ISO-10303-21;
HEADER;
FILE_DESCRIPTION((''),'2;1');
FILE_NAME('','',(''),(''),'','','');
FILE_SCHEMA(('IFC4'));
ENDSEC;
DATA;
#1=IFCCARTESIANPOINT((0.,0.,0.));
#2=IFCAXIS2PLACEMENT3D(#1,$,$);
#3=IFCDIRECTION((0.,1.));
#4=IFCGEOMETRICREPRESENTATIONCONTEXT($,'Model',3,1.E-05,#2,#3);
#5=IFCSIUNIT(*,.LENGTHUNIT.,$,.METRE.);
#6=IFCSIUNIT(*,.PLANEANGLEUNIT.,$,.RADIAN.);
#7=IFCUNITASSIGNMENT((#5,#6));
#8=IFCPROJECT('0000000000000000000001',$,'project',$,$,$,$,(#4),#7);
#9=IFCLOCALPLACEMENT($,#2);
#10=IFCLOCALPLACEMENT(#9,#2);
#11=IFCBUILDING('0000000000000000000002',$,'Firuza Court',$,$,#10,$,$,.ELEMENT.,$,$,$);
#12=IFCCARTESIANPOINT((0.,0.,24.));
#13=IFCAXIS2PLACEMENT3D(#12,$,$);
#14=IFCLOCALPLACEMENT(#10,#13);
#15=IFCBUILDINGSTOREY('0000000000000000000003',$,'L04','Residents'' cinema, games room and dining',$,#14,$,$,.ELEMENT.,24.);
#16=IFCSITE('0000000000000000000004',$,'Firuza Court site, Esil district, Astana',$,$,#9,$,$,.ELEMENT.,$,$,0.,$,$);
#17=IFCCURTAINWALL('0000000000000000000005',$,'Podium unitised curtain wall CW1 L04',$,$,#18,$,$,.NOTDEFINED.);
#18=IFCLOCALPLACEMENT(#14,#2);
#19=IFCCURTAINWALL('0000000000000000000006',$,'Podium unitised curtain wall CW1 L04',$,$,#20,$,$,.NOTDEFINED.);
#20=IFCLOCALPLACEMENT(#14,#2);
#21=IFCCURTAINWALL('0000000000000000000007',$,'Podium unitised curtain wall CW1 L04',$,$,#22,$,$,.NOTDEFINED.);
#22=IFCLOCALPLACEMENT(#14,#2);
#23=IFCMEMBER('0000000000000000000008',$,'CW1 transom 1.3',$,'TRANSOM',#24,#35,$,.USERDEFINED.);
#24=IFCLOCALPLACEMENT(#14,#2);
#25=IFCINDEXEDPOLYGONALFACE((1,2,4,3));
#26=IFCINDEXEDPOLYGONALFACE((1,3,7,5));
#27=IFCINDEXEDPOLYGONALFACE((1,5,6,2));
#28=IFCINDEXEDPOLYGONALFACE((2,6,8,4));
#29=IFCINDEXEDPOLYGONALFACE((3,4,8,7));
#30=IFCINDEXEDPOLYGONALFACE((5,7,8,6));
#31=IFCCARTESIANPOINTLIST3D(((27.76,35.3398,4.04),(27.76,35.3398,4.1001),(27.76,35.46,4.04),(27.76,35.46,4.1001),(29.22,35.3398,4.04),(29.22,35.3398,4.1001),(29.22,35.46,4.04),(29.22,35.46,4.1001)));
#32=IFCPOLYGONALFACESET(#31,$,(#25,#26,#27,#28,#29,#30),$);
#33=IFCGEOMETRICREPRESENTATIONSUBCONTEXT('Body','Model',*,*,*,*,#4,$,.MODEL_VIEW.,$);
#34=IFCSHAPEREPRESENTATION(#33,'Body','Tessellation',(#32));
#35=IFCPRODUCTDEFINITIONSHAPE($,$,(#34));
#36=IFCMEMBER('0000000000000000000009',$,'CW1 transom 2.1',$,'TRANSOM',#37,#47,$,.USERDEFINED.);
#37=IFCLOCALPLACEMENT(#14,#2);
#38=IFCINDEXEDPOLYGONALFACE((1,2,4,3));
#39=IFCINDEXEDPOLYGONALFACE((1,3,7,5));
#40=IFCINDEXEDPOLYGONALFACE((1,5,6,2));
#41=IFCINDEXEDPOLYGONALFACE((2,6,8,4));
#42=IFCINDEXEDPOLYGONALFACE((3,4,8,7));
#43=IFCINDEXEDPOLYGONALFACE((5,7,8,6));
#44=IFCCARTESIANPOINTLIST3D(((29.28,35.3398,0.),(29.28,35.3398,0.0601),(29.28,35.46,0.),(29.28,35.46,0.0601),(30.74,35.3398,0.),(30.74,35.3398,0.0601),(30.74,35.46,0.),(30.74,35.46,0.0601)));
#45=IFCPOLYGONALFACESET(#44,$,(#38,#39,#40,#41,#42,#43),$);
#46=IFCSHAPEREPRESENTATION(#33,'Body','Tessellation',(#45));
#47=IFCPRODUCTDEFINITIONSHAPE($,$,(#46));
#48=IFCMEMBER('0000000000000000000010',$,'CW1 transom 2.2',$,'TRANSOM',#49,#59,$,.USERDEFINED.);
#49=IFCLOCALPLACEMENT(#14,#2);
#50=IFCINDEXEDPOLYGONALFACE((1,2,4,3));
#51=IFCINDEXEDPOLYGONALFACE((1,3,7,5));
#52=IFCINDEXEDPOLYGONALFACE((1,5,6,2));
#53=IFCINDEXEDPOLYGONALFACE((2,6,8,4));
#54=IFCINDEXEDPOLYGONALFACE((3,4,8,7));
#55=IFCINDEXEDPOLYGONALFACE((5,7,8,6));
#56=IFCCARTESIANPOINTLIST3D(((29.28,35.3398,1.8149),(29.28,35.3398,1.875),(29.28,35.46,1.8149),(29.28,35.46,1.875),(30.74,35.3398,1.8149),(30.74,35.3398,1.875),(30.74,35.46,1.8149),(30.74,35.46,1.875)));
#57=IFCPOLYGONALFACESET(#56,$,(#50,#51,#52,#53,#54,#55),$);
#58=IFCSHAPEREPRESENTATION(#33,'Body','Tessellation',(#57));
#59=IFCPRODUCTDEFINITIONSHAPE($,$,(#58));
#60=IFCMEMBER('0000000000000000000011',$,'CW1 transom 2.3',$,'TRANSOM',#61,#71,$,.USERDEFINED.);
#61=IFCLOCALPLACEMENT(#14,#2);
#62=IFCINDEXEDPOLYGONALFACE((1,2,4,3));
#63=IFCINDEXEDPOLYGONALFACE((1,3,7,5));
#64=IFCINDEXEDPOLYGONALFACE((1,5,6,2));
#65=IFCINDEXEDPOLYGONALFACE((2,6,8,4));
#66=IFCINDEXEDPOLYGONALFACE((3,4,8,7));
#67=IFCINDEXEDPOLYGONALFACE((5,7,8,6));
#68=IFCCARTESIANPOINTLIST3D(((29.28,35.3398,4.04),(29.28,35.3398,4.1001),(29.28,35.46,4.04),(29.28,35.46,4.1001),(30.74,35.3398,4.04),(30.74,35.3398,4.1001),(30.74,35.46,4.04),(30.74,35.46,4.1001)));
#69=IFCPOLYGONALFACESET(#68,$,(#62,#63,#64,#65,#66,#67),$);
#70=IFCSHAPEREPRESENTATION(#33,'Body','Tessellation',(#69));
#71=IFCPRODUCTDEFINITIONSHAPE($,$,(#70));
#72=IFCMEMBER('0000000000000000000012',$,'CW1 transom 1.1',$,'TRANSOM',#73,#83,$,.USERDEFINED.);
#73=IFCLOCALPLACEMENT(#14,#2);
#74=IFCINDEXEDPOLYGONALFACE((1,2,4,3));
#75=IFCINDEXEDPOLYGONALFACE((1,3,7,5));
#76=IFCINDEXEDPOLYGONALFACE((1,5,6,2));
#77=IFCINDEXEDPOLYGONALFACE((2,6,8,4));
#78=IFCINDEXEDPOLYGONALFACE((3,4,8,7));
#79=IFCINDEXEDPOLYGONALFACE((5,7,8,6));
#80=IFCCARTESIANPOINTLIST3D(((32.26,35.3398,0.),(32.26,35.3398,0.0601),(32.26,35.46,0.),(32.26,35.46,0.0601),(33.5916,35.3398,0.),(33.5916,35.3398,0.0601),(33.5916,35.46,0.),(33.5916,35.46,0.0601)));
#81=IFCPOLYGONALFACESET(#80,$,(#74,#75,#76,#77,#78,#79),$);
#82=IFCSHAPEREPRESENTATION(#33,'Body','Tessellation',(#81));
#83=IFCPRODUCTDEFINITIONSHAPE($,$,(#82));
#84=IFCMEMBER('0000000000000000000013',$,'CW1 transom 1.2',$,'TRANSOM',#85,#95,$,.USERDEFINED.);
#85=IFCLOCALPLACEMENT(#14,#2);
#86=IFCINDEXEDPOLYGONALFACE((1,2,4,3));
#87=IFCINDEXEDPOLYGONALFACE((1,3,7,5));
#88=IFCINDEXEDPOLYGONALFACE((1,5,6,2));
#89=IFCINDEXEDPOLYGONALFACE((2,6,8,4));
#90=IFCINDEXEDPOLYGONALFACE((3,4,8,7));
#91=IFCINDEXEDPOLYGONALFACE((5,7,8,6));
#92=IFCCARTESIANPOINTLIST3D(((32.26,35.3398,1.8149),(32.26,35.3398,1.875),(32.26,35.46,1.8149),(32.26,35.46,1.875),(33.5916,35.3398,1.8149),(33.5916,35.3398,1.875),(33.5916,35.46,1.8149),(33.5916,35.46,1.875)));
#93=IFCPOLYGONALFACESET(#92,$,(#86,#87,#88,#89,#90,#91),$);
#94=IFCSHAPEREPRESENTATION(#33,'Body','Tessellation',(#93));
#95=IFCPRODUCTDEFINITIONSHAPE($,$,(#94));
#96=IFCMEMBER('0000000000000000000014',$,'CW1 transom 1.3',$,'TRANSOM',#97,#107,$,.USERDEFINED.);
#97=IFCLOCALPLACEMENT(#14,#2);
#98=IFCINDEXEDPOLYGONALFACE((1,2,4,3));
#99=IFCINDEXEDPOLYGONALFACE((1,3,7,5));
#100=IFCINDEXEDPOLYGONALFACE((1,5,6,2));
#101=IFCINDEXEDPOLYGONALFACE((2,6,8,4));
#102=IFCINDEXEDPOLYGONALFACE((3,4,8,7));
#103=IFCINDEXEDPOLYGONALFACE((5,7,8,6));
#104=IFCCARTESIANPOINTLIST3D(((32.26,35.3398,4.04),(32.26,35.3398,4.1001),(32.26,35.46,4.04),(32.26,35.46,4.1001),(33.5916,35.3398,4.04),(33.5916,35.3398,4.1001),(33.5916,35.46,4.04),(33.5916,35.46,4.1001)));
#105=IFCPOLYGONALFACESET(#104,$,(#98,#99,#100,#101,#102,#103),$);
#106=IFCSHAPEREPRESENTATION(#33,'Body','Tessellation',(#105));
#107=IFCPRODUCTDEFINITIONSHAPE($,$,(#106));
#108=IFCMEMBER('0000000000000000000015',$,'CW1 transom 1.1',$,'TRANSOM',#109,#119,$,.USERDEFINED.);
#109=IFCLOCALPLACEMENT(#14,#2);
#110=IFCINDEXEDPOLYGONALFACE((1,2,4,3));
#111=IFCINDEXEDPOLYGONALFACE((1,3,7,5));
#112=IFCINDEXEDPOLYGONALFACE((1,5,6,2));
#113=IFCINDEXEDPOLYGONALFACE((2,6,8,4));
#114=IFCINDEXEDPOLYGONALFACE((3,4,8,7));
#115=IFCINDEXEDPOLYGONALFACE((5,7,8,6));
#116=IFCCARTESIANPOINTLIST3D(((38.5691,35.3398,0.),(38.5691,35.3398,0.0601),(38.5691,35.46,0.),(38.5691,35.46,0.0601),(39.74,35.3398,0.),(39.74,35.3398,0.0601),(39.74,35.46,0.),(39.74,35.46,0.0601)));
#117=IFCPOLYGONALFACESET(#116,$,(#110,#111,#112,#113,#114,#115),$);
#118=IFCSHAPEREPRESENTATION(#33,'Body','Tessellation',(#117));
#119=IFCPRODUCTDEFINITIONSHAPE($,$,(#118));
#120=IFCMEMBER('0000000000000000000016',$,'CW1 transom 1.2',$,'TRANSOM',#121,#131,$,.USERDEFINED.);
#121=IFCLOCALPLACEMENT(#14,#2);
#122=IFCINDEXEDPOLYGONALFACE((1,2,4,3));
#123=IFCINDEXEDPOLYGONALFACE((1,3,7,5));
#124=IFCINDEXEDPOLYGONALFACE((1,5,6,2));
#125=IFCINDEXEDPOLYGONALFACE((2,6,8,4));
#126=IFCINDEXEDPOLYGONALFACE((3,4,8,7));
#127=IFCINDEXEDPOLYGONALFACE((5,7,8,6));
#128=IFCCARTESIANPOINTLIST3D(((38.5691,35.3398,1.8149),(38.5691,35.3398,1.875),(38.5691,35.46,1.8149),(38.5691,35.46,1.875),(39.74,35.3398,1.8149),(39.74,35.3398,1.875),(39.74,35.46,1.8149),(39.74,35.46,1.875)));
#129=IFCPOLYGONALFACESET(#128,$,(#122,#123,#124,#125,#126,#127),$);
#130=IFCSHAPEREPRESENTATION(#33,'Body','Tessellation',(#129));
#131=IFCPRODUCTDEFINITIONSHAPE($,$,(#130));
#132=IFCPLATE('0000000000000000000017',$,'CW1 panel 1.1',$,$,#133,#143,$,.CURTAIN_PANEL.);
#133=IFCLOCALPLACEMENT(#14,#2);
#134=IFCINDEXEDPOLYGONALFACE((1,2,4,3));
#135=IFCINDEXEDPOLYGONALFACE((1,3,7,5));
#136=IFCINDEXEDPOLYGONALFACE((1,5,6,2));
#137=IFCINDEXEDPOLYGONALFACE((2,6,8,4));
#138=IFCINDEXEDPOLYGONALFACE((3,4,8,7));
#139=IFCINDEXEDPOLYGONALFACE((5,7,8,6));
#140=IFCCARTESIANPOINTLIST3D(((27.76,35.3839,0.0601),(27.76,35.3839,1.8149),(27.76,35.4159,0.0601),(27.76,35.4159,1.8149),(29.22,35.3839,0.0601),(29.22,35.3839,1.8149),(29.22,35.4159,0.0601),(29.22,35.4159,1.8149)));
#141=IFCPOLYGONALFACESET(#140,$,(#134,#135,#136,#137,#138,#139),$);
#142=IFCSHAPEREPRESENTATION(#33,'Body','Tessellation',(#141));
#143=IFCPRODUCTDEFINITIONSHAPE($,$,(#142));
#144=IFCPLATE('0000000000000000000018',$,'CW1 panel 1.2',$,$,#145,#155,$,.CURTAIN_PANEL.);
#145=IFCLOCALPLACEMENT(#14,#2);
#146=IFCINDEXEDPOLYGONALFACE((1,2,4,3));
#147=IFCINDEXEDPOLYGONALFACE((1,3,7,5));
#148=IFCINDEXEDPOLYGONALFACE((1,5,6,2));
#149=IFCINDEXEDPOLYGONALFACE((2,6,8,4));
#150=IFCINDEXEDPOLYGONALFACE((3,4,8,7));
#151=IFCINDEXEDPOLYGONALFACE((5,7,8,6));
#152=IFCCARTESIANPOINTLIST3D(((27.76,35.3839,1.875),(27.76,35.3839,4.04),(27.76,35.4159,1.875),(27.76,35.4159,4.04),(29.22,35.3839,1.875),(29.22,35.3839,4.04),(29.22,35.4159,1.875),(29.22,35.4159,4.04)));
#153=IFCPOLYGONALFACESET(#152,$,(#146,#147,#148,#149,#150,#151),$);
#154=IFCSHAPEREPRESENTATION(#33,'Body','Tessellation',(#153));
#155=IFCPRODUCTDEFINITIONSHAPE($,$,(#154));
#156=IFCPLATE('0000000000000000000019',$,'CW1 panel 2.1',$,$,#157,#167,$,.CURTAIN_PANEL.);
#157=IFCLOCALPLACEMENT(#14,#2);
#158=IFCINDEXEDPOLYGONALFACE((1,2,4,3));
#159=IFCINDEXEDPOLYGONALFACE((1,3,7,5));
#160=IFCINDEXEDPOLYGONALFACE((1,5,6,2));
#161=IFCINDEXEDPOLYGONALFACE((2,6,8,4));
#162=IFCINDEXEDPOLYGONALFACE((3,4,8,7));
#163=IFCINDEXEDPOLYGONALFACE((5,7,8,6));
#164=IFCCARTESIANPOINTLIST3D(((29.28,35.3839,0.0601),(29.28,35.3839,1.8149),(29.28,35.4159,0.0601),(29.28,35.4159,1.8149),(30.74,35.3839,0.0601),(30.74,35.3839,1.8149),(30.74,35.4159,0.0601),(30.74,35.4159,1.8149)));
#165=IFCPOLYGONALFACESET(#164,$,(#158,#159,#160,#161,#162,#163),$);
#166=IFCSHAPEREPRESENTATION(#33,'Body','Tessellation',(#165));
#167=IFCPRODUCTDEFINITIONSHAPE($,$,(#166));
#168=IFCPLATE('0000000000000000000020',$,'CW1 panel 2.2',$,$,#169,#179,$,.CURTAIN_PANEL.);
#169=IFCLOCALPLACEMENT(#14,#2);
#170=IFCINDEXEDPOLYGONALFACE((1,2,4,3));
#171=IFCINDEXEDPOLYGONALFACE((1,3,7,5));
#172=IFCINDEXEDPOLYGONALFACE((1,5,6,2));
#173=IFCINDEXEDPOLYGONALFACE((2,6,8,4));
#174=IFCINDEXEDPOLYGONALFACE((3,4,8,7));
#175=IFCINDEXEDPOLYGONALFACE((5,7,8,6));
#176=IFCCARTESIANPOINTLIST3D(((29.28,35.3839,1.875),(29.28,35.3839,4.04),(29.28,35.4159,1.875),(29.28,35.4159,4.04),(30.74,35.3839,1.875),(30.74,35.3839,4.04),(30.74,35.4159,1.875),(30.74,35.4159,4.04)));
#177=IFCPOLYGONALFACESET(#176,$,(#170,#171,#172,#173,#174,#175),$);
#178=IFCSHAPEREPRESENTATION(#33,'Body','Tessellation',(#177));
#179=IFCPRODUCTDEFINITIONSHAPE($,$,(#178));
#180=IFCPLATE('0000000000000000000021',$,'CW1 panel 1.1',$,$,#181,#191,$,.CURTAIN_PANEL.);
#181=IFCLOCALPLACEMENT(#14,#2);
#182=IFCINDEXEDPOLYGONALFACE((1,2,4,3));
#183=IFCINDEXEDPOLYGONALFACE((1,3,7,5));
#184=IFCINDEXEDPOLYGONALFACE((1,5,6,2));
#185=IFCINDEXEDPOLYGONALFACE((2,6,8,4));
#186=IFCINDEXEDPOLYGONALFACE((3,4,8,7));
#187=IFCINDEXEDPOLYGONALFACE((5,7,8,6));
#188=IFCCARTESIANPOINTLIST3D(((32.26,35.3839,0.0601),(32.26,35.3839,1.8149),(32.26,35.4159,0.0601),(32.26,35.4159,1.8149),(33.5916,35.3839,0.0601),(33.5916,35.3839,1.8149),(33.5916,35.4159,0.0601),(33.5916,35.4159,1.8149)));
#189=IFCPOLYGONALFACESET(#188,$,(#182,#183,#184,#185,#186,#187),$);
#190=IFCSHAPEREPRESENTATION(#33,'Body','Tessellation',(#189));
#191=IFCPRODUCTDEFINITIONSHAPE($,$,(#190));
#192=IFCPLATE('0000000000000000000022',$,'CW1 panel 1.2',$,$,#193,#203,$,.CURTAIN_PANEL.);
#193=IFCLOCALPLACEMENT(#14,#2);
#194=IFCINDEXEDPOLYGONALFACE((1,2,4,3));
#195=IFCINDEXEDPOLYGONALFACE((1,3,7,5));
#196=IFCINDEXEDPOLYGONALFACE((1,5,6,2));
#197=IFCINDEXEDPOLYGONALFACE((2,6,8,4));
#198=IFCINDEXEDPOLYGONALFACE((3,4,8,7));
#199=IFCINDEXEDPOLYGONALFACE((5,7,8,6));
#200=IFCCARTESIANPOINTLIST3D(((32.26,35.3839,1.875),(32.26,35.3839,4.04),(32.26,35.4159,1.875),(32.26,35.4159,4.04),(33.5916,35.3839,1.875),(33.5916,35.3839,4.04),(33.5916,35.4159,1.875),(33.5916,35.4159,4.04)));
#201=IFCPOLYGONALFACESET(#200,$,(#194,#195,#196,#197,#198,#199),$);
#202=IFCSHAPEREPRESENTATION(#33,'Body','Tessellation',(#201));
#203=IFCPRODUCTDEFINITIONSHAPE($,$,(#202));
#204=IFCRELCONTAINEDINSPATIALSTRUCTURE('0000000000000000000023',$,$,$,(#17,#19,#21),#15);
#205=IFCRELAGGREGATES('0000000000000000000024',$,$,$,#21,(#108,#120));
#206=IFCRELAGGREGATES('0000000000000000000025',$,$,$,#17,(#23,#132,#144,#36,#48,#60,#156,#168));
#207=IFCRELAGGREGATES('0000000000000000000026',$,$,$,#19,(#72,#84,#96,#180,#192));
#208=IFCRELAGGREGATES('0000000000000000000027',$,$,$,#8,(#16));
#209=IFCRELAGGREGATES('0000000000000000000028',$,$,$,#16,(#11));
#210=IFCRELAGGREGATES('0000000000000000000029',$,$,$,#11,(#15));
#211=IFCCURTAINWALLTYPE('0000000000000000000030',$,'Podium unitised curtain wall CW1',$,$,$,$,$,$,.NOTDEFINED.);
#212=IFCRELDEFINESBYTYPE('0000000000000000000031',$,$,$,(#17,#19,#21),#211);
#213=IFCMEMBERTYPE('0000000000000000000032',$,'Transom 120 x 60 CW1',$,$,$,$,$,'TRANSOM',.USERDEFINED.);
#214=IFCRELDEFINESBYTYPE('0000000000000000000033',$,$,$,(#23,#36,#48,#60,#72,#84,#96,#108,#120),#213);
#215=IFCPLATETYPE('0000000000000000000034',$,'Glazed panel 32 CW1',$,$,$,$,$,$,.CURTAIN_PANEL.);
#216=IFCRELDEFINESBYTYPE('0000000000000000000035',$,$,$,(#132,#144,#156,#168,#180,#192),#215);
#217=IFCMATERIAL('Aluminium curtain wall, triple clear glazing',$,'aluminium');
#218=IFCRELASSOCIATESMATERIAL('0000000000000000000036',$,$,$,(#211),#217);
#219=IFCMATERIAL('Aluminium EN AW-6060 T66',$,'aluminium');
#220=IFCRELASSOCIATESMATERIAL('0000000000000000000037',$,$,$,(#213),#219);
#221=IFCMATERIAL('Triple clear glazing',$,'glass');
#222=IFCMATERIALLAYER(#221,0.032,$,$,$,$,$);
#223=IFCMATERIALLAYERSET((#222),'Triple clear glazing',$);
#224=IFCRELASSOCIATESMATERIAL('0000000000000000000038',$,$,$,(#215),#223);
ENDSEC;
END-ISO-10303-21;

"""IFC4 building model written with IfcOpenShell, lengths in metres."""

from ifc_helpers import new_model, si_unit, direction, frame, origin, origin_2d, place, context, subcontext, project, spatial, rectangle, extrude, material, layer, layer_set, material_profile, profile_set, type_object, element, aggregate, save


model = new_model("IFC4")

# Units and contexts
model_context = context("Model", 3, precision=1e-05, world=origin(), true_north=direction((0.0, 1.0)))
body_context = subcontext(model_context, "Body", "Model", "MODEL_VIEW")
ifc_project = project(units=[si_unit("LENGTHUNIT", "METRE"), si_unit("PLANEANGLEUNIT", "RADIAN")], contexts=[model_context])

# Site, building, storey
site_placement = place(None, origin())
site = spatial("IfcSite", under=ifc_project, at=site_placement, Name="Firuza Court site, Esil district, Astana", CompositionType="ELEMENT", RefElevation=0.0)
building_placement = place(site_placement, origin())
building = spatial("IfcBuilding", under=site, at=building_placement, Name="Firuza Court", CompositionType="ELEMENT")
storey_placement = place(building_placement, frame((0.0, 0.0, 24.0)))
storey = spatial("IfcBuildingStorey", under=building, at=storey_placement, Name="L04", Description="Residents' cinema, games room and dining", CompositionType="ELEMENT", Elevation=24.0)

# Shared definitions
ifc_material_1 = material(Name="Aluminium curtain wall, triple clear glazing", Category="aluminium")
curtain_wall_type = type_object("IfcCurtainWallType", Name="Podium unitised curtain wall CW1", PredefinedType="NOTDEFINED", material=ifc_material_1)

# Curtain walls
curtain_wall_1_placement = place(storey_placement, origin())
curtain_wall_1 = element("IfcCurtainWall", 1, at=curtain_wall_1_placement, inside=storey, type_object=curtain_wall_type, Name="Podium unitised curtain wall CW1 L04", PredefinedType="NOTDEFINED")
curtain_wall_2_placement = place(storey_placement, origin())
curtain_wall_2 = element("IfcCurtainWall", 2, at=curtain_wall_2_placement, inside=storey, type_object=curtain_wall_type, Name="Podium unitised curtain wall CW1 L04", PredefinedType="NOTDEFINED")

# Curtain wall
curtain_wall_3_placement = place(storey_placement, origin())
curtain_wall_3 = element("IfcCurtainWall", 3, at=curtain_wall_3_placement, inside=storey, type_object=curtain_wall_type, Name="Podium unitised curtain wall CW1 L04", PredefinedType="NOTDEFINED")

# Members
ifc_material_2 = material(Name="Aluminium EN AW-6060 T66", Category="aluminium")
ifc_material_profile_1 = material_profile(ifc_material_2, rectangle(XDim=0.1201, YDim=0.0601, at=origin_2d()), Name="Transom 120 x 60 CW1")
ifc_profile_set_1 = profile_set([ifc_material_profile_1], Name="Aluminium EN AW-6060 T66")
member_type_1 = type_object("IfcMemberType", Name="Transom 120 x 60 CW1", ElementType="TRANSOM", PredefinedType="USERDEFINED", material=ifc_profile_set_1)
member_1_placement = place(storey_placement, frame((27.76, 35.3999, 4.0701), z_axis=(1.0, 0.0, 0.0), x_axis=(0.0, 1.0, 0.0)))
member_1 = element("IfcMember", 4, at=member_1_placement, type_object=member_type_1, Name="CW1 transom 1.3", ObjectType="TRANSOM", PredefinedType="USERDEFINED", context=body_context, shape_type="SweptSolid", body=[
    extrude(rectangle(XDim=0.1201, YDim=0.0601, at=origin_2d()), origin(), (0.0, 0.0, 1.0), 1.46),
])
member_2_placement = place(storey_placement, frame((29.28, 35.3999, 0.03), z_axis=(1.0, 0.0, 0.0), x_axis=(0.0, 1.0, 0.0)))
member_2 = element("IfcMember", 5, at=member_2_placement, type_object=member_type_1, Name="CW1 transom 2.1", ObjectType="TRANSOM", PredefinedType="USERDEFINED", context=body_context, shape_type="SweptSolid", body=[
    extrude(rectangle(XDim=0.1201, YDim=0.0601, at=origin_2d()), origin(), (0.0, 0.0, 1.0), 1.46),
])
member_3_placement = place(storey_placement, frame((29.28, 35.3999, 1.845), z_axis=(1.0, 0.0, 0.0), x_axis=(0.0, 1.0, 0.0)))
member_3 = element("IfcMember", 6, at=member_3_placement, type_object=member_type_1, Name="CW1 transom 2.2", ObjectType="TRANSOM", PredefinedType="USERDEFINED", context=body_context, shape_type="SweptSolid", body=[
    extrude(rectangle(XDim=0.1201, YDim=0.0601, at=origin_2d()), origin(), (0.0, 0.0, 1.0), 1.46),
])
member_4_placement = place(storey_placement, frame((29.28, 35.3999, 4.0701), z_axis=(1.0, 0.0, 0.0), x_axis=(0.0, 1.0, 0.0)))
member_4 = element("IfcMember", 7, at=member_4_placement, type_object=member_type_1, Name="CW1 transom 2.3", ObjectType="TRANSOM", PredefinedType="USERDEFINED", context=body_context, shape_type="SweptSolid", body=[
    extrude(rectangle(XDim=0.1201, YDim=0.0601, at=origin_2d()), origin(), (0.0, 0.0, 1.0), 1.46),
])
member_5_placement = place(storey_placement, frame((32.26, 35.3999, 0.03), z_axis=(1.0, 0.0, 0.0), x_axis=(0.0, 1.0, 0.0)))
member_5 = element("IfcMember", 8, at=member_5_placement, type_object=member_type_1, Name="CW1 transom 1.1", ObjectType="TRANSOM", PredefinedType="USERDEFINED", context=body_context, shape_type="SweptSolid", body=[
    extrude(rectangle(XDim=0.1201, YDim=0.0601, at=origin_2d()), origin(), (0.0, 0.0, 1.0), 1.3315),
])
member_6_placement = place(storey_placement, frame((32.26, 35.3999, 1.845), z_axis=(1.0, 0.0, 0.0), x_axis=(0.0, 1.0, 0.0)))
member_6 = element("IfcMember", 9, at=member_6_placement, type_object=member_type_1, Name="CW1 transom 1.2", ObjectType="TRANSOM", PredefinedType="USERDEFINED", context=body_context, shape_type="SweptSolid", body=[
    extrude(rectangle(XDim=0.1201, YDim=0.0601, at=origin_2d()), origin(), (0.0, 0.0, 1.0), 1.3315),
])
member_7_placement = place(storey_placement, frame((32.26, 35.3999, 4.0701), z_axis=(1.0, 0.0, 0.0), x_axis=(0.0, 1.0, 0.0)))
member_7 = element("IfcMember", 10, at=member_7_placement, type_object=member_type_1, Name="CW1 transom 1.3", ObjectType="TRANSOM", PredefinedType="USERDEFINED", context=body_context, shape_type="SweptSolid", body=[
    extrude(rectangle(XDim=0.1201, YDim=0.0601, at=origin_2d()), origin(), (0.0, 0.0, 1.0), 1.3315),
])
member_8_placement = place(storey_placement, frame((38.5691, 35.3999, 0.03), z_axis=(1.0, 0.0, 0.0), x_axis=(0.0, 1.0, 0.0)))
member_8 = element("IfcMember", 11, at=member_8_placement, type_object=member_type_1, Name="CW1 transom 1.1", ObjectType="TRANSOM", PredefinedType="USERDEFINED", context=body_context, shape_type="SweptSolid", body=[
    extrude(rectangle(XDim=0.1201, YDim=0.0601, at=origin_2d()), origin(), (0.0, 0.0, 1.0), 1.1709),
])
member_9_placement = place(storey_placement, frame((38.5691, 35.3999, 1.845), z_axis=(1.0, 0.0, 0.0), x_axis=(0.0, 1.0, 0.0)))
member_9 = element("IfcMember", 12, at=member_9_placement, type_object=member_type_1, Name="CW1 transom 1.2", ObjectType="TRANSOM", PredefinedType="USERDEFINED", context=body_context, shape_type="SweptSolid", body=[
    extrude(rectangle(XDim=0.1201, YDim=0.0601, at=origin_2d()), origin(), (0.0, 0.0, 1.0), 1.1709),
])
aggregate(curtain_wall_3, [member_8, member_9])

# Plates
ifc_material_3 = material(Name="Triple clear glazing", Category="glass")
ifc_layer_1 = layer(ifc_material_3, 0.032)
ifc_layer_set_1 = layer_set([ifc_layer_1], Name="Triple clear glazing")
plate_type = type_object("IfcPlateType", Name="Glazed panel 32 CW1", PredefinedType="CURTAIN_PANEL", material=ifc_layer_set_1)
plate_1_placement = place(storey_placement, frame((28.49, 35.3999, 0.0601), z_axis=(0.0, 0.0, 1.0), x_axis=(1.0, 0.0, 0.0)))
plate_1 = element("IfcPlate", 13, at=plate_1_placement, type_object=plate_type, Name="CW1 panel 1.1", PredefinedType="CURTAIN_PANEL", context=body_context, shape_type="SweptSolid", body=[
    extrude(rectangle(XDim=1.46, YDim=0.032, at=origin_2d()), origin(), (0.0, 0.0, 1.0), 1.7549),
])
plate_2_placement = place(storey_placement, frame((28.49, 35.3999, 1.875), z_axis=(0.0, 0.0, 1.0), x_axis=(1.0, 0.0, 0.0)))
plate_2 = element("IfcPlate", 14, at=plate_2_placement, type_object=plate_type, Name="CW1 panel 1.2", PredefinedType="CURTAIN_PANEL", context=body_context, shape_type="SweptSolid", body=[
    extrude(rectangle(XDim=1.46, YDim=0.032, at=origin_2d()), origin(), (0.0, 0.0, 1.0), 2.165),
])
plate_3_placement = place(storey_placement, frame((30.01, 35.3999, 0.0601), z_axis=(0.0, 0.0, 1.0), x_axis=(1.0, 0.0, 0.0)))
plate_3 = element("IfcPlate", 15, at=plate_3_placement, type_object=plate_type, Name="CW1 panel 2.1", PredefinedType="CURTAIN_PANEL", context=body_context, shape_type="SweptSolid", body=[
    extrude(rectangle(XDim=1.46, YDim=0.032, at=origin_2d()), origin(), (0.0, 0.0, 1.0), 1.7549),
])
plate_4_placement = place(storey_placement, frame((30.01, 35.3999, 1.875), z_axis=(0.0, 0.0, 1.0), x_axis=(1.0, 0.0, 0.0)))
plate_4 = element("IfcPlate", 16, at=plate_4_placement, type_object=plate_type, Name="CW1 panel 2.2", PredefinedType="CURTAIN_PANEL", context=body_context, shape_type="SweptSolid", body=[
    extrude(rectangle(XDim=1.46, YDim=0.032, at=origin_2d()), origin(), (0.0, 0.0, 1.0), 2.165),
])
aggregate(curtain_wall_1, [member_1, plate_1, plate_2, member_2, member_3, member_4, plate_3, plate_4])
plate_5_placement = place(storey_placement, frame((32.9258, 35.3999, 0.0601), z_axis=(0.0, 0.0, 1.0), x_axis=(1.0, 0.0, 0.0)))
plate_5 = element("IfcPlate", 17, at=plate_5_placement, type_object=plate_type, Name="CW1 panel 1.1", PredefinedType="CURTAIN_PANEL", context=body_context, shape_type="SweptSolid", body=[
    extrude(rectangle(XDim=1.3315, YDim=0.032, at=origin_2d()), origin(), (0.0, 0.0, 1.0), 1.7549),
])
plate_6_placement = place(storey_placement, frame((32.9258, 35.3999, 1.875), z_axis=(0.0, 0.0, 1.0), x_axis=(1.0, 0.0, 0.0)))
plate_6 = element("IfcPlate", 18, at=plate_6_placement, type_object=plate_type, Name="CW1 panel 1.2", PredefinedType="CURTAIN_PANEL", context=body_context, shape_type="SweptSolid", body=[
    extrude(rectangle(XDim=1.3315, YDim=0.032, at=origin_2d()), origin(), (0.0, 0.0, 1.0), 2.165),
])
aggregate(curtain_wall_2, [member_5, member_6, member_7, plate_5, plate_6])

save(model, "model.ifc")
